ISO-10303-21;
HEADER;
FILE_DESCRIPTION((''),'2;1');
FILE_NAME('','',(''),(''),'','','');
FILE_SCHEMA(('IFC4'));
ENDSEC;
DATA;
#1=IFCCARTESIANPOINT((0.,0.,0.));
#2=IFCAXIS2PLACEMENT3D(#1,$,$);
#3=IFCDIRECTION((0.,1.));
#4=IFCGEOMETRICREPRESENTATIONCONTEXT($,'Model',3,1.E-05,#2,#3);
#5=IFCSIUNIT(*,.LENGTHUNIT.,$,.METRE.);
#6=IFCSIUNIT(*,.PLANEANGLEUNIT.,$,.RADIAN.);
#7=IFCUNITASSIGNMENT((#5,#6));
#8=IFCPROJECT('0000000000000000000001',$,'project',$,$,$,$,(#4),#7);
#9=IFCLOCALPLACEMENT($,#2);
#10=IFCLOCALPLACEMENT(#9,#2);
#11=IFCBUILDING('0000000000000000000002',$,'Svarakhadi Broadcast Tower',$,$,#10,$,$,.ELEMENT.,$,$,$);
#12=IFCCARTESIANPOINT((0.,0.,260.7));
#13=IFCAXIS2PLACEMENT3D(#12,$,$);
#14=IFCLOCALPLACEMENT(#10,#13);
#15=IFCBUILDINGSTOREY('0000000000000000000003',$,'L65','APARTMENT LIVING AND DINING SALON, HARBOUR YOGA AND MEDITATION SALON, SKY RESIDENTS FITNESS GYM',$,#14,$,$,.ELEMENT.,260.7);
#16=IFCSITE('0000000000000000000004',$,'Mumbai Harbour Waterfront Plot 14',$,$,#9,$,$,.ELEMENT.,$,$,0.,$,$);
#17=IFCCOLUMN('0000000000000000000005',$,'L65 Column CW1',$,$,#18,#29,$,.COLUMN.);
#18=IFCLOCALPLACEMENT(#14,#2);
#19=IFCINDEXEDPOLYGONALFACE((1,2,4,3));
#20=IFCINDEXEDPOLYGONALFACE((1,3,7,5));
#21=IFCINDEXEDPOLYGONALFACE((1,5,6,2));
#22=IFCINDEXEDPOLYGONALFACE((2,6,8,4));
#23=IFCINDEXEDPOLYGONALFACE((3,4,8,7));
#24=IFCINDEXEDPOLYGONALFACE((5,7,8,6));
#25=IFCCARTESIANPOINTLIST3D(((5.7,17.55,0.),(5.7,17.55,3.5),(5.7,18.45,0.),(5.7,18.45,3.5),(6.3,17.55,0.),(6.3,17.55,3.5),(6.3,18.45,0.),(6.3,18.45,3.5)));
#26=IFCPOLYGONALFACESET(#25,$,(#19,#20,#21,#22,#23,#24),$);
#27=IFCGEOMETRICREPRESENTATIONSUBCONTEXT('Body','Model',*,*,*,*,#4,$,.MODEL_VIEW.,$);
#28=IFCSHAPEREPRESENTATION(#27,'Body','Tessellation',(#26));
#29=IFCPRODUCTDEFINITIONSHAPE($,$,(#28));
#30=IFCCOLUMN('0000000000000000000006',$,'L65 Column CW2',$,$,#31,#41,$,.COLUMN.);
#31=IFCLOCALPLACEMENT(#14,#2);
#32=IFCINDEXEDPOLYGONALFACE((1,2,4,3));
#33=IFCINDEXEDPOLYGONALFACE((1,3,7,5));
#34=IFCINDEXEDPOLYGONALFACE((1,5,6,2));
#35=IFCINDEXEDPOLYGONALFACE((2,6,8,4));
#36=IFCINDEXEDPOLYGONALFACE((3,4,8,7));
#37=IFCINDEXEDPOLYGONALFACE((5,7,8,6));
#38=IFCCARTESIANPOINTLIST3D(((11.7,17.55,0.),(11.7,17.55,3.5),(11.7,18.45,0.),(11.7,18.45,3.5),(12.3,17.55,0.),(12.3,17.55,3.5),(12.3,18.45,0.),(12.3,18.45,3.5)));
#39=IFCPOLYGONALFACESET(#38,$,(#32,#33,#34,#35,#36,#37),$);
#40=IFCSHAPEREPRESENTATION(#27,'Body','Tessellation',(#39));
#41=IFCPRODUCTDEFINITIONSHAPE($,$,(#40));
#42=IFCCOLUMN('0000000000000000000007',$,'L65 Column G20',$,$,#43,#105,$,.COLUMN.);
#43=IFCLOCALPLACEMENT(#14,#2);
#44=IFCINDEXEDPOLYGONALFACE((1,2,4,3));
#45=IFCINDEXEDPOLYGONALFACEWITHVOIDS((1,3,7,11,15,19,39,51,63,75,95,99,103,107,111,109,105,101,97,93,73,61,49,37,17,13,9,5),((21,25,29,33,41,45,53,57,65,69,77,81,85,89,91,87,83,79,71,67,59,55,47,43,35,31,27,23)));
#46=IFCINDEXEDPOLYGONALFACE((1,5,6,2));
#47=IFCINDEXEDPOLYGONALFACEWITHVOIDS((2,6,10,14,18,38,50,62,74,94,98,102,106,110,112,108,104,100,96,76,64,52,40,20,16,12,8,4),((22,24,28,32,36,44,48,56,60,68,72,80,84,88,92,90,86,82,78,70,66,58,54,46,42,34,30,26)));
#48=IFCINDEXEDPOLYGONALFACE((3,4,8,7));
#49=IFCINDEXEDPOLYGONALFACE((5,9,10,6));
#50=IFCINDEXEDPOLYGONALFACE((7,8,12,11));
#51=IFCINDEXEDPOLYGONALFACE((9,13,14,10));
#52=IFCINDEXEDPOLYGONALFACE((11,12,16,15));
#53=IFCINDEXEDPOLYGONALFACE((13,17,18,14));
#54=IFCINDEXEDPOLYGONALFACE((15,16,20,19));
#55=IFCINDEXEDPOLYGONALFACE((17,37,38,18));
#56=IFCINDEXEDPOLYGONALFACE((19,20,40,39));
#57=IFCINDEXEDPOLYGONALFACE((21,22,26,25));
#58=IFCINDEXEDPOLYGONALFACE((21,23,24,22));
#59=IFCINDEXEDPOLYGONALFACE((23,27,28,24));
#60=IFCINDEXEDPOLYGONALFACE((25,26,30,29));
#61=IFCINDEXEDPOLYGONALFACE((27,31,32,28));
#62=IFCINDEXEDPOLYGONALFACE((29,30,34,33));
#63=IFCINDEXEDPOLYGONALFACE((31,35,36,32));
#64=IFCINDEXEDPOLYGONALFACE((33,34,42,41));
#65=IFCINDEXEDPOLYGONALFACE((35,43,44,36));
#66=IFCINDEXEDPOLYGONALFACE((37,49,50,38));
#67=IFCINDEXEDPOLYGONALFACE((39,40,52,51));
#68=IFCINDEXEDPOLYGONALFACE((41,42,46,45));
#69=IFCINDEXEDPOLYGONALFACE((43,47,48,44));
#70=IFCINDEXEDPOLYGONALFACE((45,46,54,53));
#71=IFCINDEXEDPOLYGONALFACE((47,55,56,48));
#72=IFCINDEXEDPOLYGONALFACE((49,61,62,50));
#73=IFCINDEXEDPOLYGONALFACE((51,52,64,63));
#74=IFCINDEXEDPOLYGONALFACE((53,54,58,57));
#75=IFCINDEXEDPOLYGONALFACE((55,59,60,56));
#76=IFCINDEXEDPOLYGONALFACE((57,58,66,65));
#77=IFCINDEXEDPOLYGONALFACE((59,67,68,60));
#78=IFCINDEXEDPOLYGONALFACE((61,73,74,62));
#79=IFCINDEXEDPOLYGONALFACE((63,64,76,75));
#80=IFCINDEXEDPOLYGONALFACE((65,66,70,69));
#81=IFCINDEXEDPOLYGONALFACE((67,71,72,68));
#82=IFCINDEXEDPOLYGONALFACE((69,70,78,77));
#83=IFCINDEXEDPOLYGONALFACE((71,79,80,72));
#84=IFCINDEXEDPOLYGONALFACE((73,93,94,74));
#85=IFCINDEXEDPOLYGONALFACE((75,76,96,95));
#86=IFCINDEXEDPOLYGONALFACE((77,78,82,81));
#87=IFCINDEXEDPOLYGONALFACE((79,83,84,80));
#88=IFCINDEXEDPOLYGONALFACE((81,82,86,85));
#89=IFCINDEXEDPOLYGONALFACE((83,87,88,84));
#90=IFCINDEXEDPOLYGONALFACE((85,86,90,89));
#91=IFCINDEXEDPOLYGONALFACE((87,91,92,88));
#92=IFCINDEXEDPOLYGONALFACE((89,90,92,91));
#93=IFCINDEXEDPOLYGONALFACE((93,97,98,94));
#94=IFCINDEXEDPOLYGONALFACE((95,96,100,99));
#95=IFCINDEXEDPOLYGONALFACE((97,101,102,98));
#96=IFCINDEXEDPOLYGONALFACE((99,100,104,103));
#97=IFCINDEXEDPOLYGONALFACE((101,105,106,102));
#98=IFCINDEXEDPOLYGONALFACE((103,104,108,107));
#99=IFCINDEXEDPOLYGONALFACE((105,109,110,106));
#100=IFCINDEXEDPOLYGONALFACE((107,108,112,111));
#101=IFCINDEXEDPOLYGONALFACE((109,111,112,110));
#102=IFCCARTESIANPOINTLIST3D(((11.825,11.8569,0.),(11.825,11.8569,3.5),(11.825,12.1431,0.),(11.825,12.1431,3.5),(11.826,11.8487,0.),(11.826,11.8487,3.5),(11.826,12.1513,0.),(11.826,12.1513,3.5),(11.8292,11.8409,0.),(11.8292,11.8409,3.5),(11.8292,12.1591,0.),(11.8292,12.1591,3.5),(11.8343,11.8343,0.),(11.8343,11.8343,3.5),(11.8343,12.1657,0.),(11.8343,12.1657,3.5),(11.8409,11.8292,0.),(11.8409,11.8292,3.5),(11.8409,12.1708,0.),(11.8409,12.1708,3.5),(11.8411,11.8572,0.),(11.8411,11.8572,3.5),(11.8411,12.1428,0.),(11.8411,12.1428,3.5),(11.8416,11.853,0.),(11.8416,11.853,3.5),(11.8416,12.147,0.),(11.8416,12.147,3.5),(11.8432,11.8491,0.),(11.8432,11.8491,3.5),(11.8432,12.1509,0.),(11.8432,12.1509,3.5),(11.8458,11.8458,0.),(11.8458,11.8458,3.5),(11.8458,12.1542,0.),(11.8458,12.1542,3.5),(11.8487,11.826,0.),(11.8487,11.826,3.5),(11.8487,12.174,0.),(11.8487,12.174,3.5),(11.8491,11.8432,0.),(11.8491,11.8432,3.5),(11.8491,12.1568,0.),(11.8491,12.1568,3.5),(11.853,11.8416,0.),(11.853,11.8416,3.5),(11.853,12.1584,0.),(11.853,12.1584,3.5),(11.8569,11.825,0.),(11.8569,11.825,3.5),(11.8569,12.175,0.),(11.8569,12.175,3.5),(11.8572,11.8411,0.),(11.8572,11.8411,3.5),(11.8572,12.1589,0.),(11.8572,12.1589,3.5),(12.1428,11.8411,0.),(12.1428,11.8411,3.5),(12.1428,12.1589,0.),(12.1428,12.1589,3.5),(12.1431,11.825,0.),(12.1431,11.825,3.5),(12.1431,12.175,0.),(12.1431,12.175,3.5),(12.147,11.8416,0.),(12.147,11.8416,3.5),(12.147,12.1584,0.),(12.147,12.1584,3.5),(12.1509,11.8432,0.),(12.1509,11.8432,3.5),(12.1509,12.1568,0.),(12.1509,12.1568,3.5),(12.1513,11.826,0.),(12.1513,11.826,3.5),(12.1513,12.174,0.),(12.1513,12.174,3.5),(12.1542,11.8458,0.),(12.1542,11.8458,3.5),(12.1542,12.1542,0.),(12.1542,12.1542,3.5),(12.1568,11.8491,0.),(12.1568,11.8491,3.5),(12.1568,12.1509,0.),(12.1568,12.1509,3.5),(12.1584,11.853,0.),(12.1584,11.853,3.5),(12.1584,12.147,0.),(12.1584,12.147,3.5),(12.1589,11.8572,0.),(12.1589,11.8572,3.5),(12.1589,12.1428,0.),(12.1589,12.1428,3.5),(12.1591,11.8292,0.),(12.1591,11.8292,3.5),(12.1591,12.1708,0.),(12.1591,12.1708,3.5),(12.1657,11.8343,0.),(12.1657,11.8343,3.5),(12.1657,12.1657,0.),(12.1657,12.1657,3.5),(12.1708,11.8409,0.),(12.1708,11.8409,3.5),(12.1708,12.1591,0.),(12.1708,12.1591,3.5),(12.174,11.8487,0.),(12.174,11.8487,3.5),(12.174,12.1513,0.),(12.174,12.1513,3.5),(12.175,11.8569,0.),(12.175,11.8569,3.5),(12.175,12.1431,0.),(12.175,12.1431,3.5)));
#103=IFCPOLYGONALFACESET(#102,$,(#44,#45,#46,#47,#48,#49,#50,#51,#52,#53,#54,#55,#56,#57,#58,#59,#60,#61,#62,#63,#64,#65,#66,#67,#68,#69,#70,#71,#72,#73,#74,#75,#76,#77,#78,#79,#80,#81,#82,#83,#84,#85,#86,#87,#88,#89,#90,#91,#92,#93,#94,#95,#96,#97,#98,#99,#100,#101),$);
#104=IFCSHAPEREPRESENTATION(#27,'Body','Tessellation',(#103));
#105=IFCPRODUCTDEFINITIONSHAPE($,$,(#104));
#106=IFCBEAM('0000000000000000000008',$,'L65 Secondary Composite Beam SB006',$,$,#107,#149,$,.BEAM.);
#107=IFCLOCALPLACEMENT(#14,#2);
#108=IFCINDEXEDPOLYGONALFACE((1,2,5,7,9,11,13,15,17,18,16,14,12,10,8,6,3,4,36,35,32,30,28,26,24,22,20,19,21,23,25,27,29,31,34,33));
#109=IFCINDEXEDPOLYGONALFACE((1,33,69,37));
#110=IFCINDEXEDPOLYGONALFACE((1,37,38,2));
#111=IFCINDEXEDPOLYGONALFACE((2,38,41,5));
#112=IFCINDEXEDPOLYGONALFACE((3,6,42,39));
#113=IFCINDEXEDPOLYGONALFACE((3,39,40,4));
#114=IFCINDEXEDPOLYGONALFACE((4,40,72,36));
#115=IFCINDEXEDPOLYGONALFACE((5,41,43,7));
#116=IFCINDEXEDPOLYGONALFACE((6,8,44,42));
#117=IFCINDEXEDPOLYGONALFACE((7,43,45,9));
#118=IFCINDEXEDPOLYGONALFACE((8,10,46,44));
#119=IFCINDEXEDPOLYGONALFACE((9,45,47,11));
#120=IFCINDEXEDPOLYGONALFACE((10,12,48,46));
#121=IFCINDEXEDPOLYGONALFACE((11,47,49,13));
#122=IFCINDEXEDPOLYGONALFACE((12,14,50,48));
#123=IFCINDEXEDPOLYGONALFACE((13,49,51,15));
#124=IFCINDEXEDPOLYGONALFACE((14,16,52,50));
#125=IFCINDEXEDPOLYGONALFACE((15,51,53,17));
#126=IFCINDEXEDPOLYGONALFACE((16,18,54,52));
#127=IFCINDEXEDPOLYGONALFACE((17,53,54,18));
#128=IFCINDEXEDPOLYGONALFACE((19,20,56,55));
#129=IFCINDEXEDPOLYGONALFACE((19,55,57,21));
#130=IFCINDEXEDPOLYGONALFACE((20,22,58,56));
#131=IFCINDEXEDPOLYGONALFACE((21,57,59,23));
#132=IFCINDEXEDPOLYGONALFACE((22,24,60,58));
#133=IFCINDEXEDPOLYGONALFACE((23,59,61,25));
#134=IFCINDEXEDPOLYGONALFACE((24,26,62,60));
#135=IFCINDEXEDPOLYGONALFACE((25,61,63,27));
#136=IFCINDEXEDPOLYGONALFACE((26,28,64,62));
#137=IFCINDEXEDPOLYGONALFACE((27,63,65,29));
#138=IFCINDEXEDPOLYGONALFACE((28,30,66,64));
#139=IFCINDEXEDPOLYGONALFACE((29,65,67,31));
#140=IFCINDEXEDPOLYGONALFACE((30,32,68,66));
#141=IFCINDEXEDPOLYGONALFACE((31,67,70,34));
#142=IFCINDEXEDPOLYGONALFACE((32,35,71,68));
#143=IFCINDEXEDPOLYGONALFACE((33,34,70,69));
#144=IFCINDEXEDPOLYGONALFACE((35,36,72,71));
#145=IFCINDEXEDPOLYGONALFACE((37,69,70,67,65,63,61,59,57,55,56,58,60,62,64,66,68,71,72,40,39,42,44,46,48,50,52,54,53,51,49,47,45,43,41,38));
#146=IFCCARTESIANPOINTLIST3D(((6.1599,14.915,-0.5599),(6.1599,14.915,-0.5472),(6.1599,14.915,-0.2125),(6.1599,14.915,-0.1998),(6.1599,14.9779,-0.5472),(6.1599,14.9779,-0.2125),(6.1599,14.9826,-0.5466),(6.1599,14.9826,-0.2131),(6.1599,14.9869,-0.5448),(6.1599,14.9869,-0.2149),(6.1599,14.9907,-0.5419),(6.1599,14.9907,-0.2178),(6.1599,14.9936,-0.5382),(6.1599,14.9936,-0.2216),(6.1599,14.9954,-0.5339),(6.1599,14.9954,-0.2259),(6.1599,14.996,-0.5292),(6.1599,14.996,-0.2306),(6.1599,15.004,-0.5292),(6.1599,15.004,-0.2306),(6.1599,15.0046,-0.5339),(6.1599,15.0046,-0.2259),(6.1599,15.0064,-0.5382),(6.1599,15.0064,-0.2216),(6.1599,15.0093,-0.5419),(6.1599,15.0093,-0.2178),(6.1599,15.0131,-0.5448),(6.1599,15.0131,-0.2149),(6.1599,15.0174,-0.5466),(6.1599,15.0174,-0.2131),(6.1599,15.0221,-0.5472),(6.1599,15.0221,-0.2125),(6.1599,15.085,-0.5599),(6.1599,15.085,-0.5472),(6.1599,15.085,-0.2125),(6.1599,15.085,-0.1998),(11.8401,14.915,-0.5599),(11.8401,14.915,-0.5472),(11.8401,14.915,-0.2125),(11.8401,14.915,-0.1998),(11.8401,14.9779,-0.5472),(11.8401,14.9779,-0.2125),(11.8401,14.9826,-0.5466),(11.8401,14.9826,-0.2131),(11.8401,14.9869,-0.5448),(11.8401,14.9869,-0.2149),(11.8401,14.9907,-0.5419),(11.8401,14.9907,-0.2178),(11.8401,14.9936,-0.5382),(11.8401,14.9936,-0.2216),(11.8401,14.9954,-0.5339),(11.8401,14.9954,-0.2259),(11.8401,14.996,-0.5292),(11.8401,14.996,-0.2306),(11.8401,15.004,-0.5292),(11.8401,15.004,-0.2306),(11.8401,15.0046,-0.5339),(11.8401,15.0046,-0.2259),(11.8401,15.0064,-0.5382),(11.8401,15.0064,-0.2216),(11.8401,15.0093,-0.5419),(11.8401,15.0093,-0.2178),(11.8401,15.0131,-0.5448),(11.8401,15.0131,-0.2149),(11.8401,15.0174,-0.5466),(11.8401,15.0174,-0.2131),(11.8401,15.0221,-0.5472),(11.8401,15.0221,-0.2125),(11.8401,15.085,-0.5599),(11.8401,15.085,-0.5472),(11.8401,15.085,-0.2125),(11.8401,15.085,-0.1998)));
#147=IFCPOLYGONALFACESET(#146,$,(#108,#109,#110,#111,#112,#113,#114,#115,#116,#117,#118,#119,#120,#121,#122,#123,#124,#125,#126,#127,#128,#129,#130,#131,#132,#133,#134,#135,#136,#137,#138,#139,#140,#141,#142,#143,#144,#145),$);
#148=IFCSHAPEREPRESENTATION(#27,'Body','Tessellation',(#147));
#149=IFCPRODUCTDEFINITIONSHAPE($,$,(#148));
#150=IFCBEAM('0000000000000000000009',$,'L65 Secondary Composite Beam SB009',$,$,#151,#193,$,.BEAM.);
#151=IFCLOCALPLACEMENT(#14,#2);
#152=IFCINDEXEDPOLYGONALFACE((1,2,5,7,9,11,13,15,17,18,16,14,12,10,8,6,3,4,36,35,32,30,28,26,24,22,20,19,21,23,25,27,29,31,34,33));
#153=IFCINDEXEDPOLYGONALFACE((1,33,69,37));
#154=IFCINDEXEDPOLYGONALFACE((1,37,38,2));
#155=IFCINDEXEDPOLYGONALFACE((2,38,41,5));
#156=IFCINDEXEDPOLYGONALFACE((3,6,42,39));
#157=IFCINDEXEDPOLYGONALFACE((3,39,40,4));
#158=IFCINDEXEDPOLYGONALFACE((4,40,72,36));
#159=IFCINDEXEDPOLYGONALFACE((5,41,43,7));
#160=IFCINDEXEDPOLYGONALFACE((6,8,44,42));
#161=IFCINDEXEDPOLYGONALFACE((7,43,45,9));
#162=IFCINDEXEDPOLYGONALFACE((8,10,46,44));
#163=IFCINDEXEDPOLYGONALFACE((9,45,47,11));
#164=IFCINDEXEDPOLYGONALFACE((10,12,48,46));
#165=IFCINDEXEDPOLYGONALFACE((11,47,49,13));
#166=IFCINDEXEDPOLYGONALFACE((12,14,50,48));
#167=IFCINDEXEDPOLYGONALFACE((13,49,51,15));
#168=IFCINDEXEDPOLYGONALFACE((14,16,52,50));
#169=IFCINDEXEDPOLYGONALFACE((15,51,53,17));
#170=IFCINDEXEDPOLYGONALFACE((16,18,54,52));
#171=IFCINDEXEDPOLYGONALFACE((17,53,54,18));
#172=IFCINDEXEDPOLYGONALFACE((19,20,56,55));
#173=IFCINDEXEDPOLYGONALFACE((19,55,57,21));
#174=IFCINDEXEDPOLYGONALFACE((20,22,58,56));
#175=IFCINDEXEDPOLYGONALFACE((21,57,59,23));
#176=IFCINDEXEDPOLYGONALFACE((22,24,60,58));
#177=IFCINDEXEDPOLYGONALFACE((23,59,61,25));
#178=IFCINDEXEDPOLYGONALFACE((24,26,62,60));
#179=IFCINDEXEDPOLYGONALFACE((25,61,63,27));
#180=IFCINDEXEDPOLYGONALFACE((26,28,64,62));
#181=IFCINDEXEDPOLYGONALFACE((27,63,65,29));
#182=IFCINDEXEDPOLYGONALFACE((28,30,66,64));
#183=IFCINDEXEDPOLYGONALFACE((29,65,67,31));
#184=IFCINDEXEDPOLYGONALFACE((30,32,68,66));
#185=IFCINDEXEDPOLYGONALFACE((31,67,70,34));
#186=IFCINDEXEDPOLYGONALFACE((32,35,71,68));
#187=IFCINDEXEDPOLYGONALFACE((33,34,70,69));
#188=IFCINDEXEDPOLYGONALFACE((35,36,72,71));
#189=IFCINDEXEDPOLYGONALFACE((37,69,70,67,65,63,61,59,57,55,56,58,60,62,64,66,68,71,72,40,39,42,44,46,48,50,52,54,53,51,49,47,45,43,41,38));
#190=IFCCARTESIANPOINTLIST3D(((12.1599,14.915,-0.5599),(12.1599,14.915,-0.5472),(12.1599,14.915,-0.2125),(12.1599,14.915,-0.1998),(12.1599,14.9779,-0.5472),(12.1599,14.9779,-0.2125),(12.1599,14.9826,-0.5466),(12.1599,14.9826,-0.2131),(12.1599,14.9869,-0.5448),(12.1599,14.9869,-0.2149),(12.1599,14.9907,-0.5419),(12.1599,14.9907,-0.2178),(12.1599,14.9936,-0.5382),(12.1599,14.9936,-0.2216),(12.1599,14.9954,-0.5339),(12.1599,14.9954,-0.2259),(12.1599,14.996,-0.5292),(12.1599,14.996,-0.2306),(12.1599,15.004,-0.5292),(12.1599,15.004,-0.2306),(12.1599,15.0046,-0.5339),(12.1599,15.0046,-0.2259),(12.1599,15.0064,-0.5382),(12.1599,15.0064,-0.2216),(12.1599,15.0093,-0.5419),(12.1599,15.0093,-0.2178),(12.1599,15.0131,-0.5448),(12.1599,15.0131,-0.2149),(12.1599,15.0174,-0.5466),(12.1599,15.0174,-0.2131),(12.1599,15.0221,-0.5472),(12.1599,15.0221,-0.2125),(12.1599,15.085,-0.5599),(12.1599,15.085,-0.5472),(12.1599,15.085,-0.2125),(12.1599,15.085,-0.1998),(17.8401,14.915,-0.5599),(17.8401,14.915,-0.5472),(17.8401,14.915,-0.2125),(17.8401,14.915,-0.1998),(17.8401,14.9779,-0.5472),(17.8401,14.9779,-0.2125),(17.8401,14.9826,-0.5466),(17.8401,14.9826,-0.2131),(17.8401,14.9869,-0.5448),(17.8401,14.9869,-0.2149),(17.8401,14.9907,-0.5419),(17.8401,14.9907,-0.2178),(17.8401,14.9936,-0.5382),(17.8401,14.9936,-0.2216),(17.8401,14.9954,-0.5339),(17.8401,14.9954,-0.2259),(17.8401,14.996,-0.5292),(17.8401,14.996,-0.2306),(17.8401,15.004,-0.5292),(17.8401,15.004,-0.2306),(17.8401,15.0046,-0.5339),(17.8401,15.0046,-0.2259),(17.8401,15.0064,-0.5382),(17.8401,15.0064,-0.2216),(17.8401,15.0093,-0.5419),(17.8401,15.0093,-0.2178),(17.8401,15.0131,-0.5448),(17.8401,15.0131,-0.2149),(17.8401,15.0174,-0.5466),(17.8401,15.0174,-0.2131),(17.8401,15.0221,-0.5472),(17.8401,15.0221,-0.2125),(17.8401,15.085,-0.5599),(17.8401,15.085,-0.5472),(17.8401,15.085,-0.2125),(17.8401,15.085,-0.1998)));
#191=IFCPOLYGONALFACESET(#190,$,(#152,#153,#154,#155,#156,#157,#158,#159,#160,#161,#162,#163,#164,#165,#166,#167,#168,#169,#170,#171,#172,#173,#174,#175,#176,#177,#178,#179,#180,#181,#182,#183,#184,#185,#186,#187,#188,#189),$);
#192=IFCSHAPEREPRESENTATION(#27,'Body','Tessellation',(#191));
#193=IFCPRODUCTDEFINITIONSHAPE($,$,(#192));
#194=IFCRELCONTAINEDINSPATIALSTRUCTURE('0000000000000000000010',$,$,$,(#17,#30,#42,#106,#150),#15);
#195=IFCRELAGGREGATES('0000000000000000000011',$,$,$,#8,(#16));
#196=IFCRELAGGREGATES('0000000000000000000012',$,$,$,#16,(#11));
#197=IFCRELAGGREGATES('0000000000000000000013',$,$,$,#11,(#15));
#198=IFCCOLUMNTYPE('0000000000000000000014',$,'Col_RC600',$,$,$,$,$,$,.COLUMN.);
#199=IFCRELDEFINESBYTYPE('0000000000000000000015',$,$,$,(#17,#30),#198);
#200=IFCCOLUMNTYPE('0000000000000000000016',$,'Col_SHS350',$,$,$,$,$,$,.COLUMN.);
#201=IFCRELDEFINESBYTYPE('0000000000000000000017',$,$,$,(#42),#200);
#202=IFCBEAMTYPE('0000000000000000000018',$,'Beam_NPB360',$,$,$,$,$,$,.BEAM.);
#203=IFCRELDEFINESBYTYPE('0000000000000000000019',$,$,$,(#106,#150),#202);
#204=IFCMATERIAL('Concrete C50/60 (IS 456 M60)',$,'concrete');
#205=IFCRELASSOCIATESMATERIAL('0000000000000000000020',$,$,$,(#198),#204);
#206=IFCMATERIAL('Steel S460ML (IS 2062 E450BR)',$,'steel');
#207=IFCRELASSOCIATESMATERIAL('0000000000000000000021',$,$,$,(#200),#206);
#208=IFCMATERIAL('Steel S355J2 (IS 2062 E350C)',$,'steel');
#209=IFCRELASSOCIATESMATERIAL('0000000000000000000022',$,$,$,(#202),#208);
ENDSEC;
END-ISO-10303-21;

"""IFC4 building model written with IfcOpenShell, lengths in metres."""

from ifc_helpers import new_model, si_unit, direction, frame, origin, origin_2d, place, context, subcontext, project, spatial, rectangle, hollow_rectangle, i_section, extrude, material, material_profile, profile_set, type_object, element, save


model = new_model("IFC4")

# Units and contexts
model_context = context("Model", 3, precision=1e-05, world=origin(), true_north=direction((0.0, 1.0)))
body_context = subcontext(model_context, "Body", "Model", "MODEL_VIEW")
ifc_project = project(units=[si_unit("LENGTHUNIT", "METRE"), si_unit("PLANEANGLEUNIT", "RADIAN")], contexts=[model_context])

# Site, building, storey
site_placement = place(None, origin())
site = spatial("IfcSite", under=ifc_project, at=site_placement, Name="Mumbai Harbour Waterfront Plot 14", CompositionType="ELEMENT", RefElevation=0.0)
building_placement = place(site_placement, origin())
building = spatial("IfcBuilding", under=site, at=building_placement, Name="Svarakhadi Broadcast Tower", CompositionType="ELEMENT")
storey_placement = place(building_placement, frame((0.0, 0.0, 260.7)))
storey = spatial("IfcBuildingStorey", under=building, at=storey_placement, Name="L65", Description="APARTMENT LIVING AND DINING SALON, HARBOUR YOGA AND MEDITATION SALON, SKY RESIDENTS FITNESS GYM", CompositionType="ELEMENT", Elevation=260.7)

# Columns
ifc_material_1 = material(Name="Concrete C50/60 (IS 456 M60)", Category="concrete")
ifc_material_profile_1 = material_profile(ifc_material_1, rectangle(XDim=0.6001, YDim=0.8999, at=origin_2d()), Name="RC 600x900")
ifc_profile_set_1 = profile_set([ifc_material_profile_1], Name="Concrete C50/60 (IS 456 M60)")
column_type_1 = type_object("IfcColumnType", Name="Col_RC600", PredefinedType="COLUMN", material=ifc_profile_set_1)
for number, where, z_axis, x_axis, name in (
    (1, (6.0, 18.0, 0.0), (0.0, 0.0, 1.0), (1.0, 0.0, 0.0), "L65 Column CW1"),
    (2, (12.0, 18.0, 0.0), (0.0, 0.0, 1.0), (1.0, 0.0, 0.0), "L65 Column CW2"),
):
    element("IfcColumn", number, at=place(storey_placement, frame(where, z_axis=z_axis, x_axis=x_axis)), inside=storey, type_object=column_type_1, Name=name, PredefinedType="COLUMN", context=body_context, shape_type="SweptSolid", body=[
        extrude(rectangle(XDim=0.6001, YDim=0.8999, at=origin_2d()), origin(), (0.0, 0.0, 1.0), 3.5),
    ])
ifc_material_2 = material(Name="Steel S460ML (IS 2062 E450BR)", Category="steel")
ifc_material_profile_2 = material_profile(ifc_material_2, hollow_rectangle(XDim=0.3501, YDim=0.3501, WallThickness=0.0161, InnerFilletRadius=0.0161, OuterFilletRadius=0.032, at=origin_2d()), Name="SHS 350x350x16")
ifc_profile_set_2 = profile_set([ifc_material_profile_2], Name="Steel S460ML (IS 2062 E450BR)")
column_type_2 = type_object("IfcColumnType", Name="Col_SHS350", PredefinedType="COLUMN", material=ifc_profile_set_2)
column_placement = place(storey_placement, frame((12.0, 12.0, 0.0), z_axis=(0.0, 0.0, 1.0), x_axis=(1.0, 0.0, 0.0)))
element("IfcColumn", 3, at=column_placement, inside=storey, type_object=column_type_2, Name="L65 Column G20", PredefinedType="COLUMN", context=body_context, shape_type="SweptSolid", body=[
    extrude(hollow_rectangle(XDim=0.3501, YDim=0.3501, WallThickness=0.0161, InnerFilletRadius=0.0161, OuterFilletRadius=0.032, at=origin_2d()), origin(), (0.0, 0.0, 1.0), 3.5),
])

# Beams
ifc_material_3 = material(Name="Steel S355J2 (IS 2062 E350C)", Category="steel")
ifc_material_profile_3 = material_profile(ifc_material_3, i_section(OverallWidth=0.1699, OverallDepth=0.3601, WebThickness=0.0081, FlangeThickness=0.0127, FilletRadius=0.0181, at=origin_2d()), Name="NPB 360x170x57")
ifc_profile_set_3 = profile_set([ifc_material_profile_3], Name="Steel S355J2 (IS 2062 E350C)")
beam_type_1 = type_object("IfcBeamType", Name="Beam_NPB360", PredefinedType="BEAM", material=ifc_profile_set_3)
for number, where, z_axis, x_axis, name in (
    (4, (6.1599, 15.0, -0.3799), (1.0, 0.0, 0.0), (0.0, 1.0, 0.0), "L65 Secondary Composite Beam SB006"),
    (5, (12.1599, 15.0, -0.3799), (1.0, 0.0, 0.0), (0.0, 1.0, 0.0), "L65 Secondary Composite Beam SB009"),
):
    element("IfcBeam", number, at=place(storey_placement, frame(where, z_axis=z_axis, x_axis=x_axis)), inside=storey, type_object=beam_type_1, Name=name, PredefinedType="BEAM", context=body_context, shape_type="SweptSolid", body=[
        extrude(i_section(OverallWidth=0.1699, OverallDepth=0.3601, WebThickness=0.0081, FlangeThickness=0.0127, FilletRadius=0.0181, at=origin_2d()), origin(), (0.0, 0.0, 1.0), 5.6802),
    ])

save(model, "model.ifc")
